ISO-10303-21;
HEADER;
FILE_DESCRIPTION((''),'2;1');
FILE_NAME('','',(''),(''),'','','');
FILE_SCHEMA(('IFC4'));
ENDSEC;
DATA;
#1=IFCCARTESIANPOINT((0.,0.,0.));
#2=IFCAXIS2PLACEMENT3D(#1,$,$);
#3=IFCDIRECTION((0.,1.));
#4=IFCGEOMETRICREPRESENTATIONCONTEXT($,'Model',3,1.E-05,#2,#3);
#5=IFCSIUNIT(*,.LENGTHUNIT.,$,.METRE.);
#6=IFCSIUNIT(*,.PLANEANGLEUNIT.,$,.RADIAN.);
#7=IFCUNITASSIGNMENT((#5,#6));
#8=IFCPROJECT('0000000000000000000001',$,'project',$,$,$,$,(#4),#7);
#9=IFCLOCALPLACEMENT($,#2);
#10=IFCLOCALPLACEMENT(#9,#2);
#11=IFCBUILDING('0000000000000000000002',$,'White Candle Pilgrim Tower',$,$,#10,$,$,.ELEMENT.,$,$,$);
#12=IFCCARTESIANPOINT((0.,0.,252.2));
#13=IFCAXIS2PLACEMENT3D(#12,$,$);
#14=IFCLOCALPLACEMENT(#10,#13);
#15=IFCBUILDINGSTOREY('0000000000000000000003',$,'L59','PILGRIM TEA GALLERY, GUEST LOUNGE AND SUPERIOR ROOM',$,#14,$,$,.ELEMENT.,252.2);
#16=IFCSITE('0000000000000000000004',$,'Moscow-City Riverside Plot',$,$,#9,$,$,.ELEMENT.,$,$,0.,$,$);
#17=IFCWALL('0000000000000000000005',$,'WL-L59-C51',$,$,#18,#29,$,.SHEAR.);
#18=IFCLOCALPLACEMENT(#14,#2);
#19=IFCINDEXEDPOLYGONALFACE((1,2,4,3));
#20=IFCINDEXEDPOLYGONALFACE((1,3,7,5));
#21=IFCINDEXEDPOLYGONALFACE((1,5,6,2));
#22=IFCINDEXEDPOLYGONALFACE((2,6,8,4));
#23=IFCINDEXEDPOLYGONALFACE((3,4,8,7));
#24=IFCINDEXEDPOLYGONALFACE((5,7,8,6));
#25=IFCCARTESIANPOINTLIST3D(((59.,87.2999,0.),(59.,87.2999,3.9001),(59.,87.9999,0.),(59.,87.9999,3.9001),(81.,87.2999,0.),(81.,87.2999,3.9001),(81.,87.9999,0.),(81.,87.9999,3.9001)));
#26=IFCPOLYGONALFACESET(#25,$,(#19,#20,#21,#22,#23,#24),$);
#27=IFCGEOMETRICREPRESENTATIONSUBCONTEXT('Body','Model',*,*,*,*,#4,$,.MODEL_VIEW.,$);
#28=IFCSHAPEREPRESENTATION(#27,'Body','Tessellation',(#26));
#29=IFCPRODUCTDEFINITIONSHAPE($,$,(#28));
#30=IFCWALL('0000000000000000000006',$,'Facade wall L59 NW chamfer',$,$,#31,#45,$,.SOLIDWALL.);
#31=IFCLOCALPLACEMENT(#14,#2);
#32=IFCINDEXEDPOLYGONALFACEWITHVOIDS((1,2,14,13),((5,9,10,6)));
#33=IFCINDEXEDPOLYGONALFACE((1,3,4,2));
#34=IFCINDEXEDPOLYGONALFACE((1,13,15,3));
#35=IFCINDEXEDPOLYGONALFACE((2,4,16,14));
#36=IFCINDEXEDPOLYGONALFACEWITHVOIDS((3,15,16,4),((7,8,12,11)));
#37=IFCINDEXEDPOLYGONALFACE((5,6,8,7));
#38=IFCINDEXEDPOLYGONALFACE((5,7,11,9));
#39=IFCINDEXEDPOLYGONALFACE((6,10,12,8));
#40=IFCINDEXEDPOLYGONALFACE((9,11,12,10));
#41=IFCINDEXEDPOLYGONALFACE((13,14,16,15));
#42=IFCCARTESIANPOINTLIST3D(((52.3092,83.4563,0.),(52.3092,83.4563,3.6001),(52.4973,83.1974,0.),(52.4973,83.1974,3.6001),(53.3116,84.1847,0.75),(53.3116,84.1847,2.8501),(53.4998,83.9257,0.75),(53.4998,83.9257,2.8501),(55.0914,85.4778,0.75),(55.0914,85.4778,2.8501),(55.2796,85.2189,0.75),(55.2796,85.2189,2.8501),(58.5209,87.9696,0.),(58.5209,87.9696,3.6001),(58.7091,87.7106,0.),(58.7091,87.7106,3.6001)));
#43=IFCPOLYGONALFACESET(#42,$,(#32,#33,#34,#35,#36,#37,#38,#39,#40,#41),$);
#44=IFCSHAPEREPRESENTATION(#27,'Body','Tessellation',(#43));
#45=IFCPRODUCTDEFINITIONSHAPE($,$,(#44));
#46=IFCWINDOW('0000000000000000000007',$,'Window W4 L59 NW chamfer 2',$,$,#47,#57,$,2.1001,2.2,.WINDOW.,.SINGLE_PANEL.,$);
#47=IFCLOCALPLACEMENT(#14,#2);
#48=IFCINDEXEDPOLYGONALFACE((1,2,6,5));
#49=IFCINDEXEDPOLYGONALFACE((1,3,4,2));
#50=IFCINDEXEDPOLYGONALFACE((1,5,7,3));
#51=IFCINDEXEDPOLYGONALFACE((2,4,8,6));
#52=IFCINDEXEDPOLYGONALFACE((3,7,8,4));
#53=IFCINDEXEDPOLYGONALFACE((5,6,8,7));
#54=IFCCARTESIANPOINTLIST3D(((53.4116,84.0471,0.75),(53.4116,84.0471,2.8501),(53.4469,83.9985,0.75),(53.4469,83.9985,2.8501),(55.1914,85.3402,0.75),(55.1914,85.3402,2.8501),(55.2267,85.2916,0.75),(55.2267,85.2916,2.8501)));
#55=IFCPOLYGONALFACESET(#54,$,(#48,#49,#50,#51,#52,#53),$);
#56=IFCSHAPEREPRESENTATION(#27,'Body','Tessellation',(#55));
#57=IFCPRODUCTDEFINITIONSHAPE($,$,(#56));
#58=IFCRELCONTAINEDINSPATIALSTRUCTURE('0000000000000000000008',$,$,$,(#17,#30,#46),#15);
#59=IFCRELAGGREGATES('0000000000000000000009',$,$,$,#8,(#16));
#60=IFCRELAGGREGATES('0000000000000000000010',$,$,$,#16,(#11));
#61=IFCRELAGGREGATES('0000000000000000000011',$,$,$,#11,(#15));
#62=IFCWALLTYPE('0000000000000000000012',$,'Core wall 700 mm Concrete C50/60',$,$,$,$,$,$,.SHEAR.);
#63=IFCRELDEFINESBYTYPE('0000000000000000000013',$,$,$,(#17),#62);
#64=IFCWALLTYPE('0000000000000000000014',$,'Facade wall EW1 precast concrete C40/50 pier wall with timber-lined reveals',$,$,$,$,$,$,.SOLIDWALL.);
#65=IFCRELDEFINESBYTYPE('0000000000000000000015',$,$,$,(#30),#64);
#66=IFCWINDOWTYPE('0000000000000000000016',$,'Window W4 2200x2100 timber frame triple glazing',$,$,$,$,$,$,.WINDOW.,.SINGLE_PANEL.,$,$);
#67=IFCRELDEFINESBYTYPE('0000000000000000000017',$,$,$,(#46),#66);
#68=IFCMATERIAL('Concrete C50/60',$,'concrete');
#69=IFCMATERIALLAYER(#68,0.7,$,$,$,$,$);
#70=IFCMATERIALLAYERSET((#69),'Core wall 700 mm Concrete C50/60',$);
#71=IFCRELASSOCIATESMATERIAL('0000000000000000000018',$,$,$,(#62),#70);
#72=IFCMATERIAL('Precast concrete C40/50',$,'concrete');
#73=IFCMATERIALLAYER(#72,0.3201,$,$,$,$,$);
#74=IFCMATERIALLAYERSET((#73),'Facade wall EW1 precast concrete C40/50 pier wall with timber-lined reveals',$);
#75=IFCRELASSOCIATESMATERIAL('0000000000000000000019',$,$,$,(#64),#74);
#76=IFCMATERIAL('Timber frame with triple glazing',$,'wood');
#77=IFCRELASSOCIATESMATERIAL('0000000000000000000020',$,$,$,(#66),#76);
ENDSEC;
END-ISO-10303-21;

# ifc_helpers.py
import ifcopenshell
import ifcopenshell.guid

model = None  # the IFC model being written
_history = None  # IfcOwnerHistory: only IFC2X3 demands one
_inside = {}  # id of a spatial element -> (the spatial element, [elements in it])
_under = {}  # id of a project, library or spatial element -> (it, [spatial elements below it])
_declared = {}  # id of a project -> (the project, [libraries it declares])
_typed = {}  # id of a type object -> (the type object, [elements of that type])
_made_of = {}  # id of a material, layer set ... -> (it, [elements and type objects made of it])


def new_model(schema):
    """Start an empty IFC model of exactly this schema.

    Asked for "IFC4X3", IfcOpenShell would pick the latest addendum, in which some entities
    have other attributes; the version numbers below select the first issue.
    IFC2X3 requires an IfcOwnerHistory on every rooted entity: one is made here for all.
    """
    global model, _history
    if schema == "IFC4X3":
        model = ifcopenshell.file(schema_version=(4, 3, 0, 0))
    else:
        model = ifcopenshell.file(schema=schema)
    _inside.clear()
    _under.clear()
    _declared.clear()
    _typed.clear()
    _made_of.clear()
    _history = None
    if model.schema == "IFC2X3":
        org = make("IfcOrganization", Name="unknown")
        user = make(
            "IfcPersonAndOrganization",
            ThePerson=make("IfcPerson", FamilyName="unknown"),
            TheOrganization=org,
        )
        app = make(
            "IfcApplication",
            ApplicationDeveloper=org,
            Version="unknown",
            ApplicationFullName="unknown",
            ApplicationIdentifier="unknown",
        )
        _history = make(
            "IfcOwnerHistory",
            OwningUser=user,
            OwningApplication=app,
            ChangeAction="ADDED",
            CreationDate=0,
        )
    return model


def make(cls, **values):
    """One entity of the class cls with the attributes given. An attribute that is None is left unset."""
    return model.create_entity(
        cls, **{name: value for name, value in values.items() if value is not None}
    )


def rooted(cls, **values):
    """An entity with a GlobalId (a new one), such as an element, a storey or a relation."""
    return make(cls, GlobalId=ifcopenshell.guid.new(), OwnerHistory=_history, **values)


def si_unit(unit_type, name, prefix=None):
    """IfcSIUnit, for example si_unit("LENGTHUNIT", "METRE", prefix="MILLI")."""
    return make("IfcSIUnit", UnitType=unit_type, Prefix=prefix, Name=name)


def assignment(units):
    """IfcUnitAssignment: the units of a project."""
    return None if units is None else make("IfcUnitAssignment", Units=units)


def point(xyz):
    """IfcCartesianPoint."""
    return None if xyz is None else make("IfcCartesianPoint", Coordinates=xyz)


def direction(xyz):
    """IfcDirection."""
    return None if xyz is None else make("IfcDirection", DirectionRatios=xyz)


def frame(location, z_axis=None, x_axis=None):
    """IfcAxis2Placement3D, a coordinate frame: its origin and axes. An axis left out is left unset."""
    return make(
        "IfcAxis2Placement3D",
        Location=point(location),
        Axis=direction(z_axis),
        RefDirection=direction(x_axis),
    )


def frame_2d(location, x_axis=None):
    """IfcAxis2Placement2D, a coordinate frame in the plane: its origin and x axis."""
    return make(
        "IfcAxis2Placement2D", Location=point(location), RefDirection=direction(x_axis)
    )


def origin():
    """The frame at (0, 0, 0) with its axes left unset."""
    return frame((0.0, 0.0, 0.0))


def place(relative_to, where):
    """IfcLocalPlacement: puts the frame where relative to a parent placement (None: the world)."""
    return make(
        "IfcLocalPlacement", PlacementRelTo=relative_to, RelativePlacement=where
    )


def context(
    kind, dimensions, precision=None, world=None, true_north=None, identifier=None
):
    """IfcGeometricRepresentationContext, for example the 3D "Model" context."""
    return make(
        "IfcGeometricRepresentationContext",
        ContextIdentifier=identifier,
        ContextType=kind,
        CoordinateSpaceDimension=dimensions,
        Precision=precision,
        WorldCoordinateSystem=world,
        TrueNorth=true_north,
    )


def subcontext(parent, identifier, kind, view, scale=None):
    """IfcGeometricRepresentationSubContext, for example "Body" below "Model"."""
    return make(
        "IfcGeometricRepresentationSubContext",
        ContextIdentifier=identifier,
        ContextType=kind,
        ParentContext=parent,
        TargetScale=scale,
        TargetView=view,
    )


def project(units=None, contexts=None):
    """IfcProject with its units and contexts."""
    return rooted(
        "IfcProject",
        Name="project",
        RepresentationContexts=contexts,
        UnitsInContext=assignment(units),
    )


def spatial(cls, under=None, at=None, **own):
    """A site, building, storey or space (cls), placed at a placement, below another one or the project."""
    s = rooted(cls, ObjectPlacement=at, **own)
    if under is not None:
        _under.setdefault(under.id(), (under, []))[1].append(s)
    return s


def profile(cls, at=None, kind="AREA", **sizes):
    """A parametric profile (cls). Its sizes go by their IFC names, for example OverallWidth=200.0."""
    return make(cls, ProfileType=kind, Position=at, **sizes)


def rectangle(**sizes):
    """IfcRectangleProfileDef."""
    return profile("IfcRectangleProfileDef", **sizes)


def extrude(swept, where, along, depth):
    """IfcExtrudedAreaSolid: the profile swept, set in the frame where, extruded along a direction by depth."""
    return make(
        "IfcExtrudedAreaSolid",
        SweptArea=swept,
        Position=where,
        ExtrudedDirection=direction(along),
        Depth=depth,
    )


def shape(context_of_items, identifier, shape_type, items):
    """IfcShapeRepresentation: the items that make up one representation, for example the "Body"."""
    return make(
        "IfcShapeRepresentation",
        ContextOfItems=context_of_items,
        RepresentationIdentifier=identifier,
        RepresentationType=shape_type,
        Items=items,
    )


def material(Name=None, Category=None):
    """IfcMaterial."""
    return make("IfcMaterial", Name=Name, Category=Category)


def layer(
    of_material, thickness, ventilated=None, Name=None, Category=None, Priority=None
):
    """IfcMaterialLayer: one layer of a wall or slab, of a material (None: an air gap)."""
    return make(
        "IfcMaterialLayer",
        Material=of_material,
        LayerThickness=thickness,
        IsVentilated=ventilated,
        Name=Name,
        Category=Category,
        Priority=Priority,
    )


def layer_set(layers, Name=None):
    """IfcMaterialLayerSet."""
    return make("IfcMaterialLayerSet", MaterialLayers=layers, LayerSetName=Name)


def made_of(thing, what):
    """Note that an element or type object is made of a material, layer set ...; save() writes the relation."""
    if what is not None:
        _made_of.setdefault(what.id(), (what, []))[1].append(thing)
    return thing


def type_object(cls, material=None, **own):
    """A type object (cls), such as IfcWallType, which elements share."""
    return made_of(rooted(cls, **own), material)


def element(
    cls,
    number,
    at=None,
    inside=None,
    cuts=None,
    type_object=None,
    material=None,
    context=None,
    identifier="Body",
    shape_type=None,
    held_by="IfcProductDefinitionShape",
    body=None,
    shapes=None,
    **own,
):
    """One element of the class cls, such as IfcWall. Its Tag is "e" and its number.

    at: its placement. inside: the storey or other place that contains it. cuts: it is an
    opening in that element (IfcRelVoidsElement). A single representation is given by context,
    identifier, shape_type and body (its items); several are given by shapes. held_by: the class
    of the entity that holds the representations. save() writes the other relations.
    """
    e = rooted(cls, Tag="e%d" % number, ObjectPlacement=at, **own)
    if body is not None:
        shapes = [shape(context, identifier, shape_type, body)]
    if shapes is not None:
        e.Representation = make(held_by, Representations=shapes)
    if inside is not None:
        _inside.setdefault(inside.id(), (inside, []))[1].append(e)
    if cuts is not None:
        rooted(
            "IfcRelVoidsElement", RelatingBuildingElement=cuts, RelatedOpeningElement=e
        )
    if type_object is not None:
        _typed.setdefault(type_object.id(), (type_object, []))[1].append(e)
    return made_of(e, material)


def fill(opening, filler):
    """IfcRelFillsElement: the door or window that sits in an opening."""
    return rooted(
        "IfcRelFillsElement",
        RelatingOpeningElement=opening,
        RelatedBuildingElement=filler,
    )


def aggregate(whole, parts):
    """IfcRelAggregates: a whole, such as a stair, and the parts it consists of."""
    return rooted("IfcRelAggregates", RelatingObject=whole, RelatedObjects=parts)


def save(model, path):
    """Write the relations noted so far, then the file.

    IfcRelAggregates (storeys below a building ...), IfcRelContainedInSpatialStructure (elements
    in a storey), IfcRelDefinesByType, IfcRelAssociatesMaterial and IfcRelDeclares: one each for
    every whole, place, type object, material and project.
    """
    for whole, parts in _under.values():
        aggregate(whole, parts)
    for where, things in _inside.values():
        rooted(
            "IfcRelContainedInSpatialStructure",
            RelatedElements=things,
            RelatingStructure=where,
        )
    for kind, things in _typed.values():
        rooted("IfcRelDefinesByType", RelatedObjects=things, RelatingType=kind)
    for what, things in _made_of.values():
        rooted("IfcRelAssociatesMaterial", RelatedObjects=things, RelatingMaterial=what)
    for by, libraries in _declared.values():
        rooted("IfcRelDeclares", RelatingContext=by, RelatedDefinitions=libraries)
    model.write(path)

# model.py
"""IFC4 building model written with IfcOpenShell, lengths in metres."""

from ifc_helpers import new_model, si_unit, direction, frame, frame_2d, origin, place, context, subcontext, project, spatial, rectangle, extrude, material, layer, layer_set, type_object, element, fill, save


model = new_model("IFC4")

# Units and contexts
model_context = context("Model", 3, precision=1e-05, world=origin(), true_north=direction((0.0, 1.0)))
body_context = subcontext(model_context, "Body", "Model", "MODEL_VIEW")
ifc_project = project(units=[si_unit("LENGTHUNIT", "METRE"), si_unit("PLANEANGLEUNIT", "RADIAN")], contexts=[model_context])

# Site, building, storey
site_placement = place(None, origin())
site = spatial("IfcSite", under=ifc_project, at=site_placement, Name="Moscow-City Riverside Plot", CompositionType="ELEMENT", RefElevation=0.0)
building_placement = place(site_placement, origin())
building = spatial("IfcBuilding", under=site, at=building_placement, Name="White Candle Pilgrim Tower", CompositionType="ELEMENT")
storey_placement = place(building_placement, frame((0.0, 0.0, 252.2)))
storey = spatial("IfcBuildingStorey", under=building, at=storey_placement, Name="L59", Description="PILGRIM TEA GALLERY, GUEST LOUNGE AND SUPERIOR ROOM", CompositionType="ELEMENT", Elevation=252.2)

# Shared definitions
ifc_material_1 = material(Name="Concrete C50/60", Category="concrete")

# Wall
ifc_layer_1 = layer(ifc_material_1, 0.7)
ifc_layer_set_1 = layer_set([ifc_layer_1], Name="Core wall 700 mm Concrete C50/60")
wall_type_1 = type_object("IfcWallType", Name="Core wall 700 mm Concrete C50/60", PredefinedType="SHEAR", material=ifc_layer_set_1)
wall_1_placement = place(storey_placement, frame((59.0, 87.6499, 0.0), z_axis=(0.0, 0.0, 1.0), x_axis=(1.0, 0.0, 0.0)))
element("IfcWall", 1, at=wall_1_placement, inside=storey, type_object=wall_type_1, Name="WL-L59-C51", PredefinedType="SHEAR", context=body_context, shape_type="SweptSolid", body=[
    extrude(rectangle(XDim=22.0, YDim=0.7, at=frame_2d((11.0, 0.0))), origin(), (0.0, 0.0, 1.0), 3.9001),
])

# Wall, opening, window
ifc_material_2 = material(Name="Precast concrete C40/50", Category="concrete")
ifc_layer_2 = layer(ifc_material_2, 0.3201)
ifc_layer_set_2 = layer_set([ifc_layer_2], Name="Facade wall EW1 precast concrete C40/50 pier wall with timber-lined reveals")
wall_type_2 = type_object("IfcWallType", Name="Facade wall EW1 precast concrete C40/50 pier wall with timber-lined reveals", PredefinedType="SOLIDWALL", material=ifc_layer_set_2)
wall_2_placement = place(storey_placement, frame((58.615, 87.8401, 0.0), z_axis=(0.0, 0.0, 1.0), x_axis=(-0.809008, -0.587797, 0.0)))
wall_2 = element("IfcWall", 2, at=wall_2_placement, inside=storey, type_object=wall_type_2, Name="Facade wall L59 NW chamfer", PredefinedType="SOLIDWALL", context=body_context, shape_type="SweptSolid", body=[
    extrude(rectangle(XDim=7.6782, YDim=0.3201, at=frame_2d((3.8391, 0.0))), origin(), (0.0, 0.0, 1.0), 3.6001),
])
opening_1_placement = place(wall_2_placement, frame((4.239, 0.0, 0.75)))
opening_1 = element("IfcOpeningElement", 3, at=opening_1_placement, cuts=wall_2, PredefinedType="OPENING", context=body_context, shape_type="SweptSolid", body=[
    extrude(rectangle(XDim=2.2, YDim=2.1001, at=frame_2d((1.1001, 1.05))), frame((0.0, 0.1699, 0.0), z_axis=(0.0, -1.0, 0.0), x_axis=(1.0, 0.0, 0.0)), (0.0, 0.0, 1.0), 0.3401),
])
ifc_material_3 = material(Name="Timber frame with triple glazing", Category="wood")
window_type_1 = type_object("IfcWindowType", Name="Window W4 2200x2100 timber frame triple glazing", PartitioningType="SINGLE_PANEL", PredefinedType="WINDOW", material=ifc_material_3)
window_1_placement = place(opening_1_placement, origin())
window_1 = element("IfcWindow", 4, at=window_1_placement, inside=storey, type_object=window_type_1, Name="Window W4 L59 NW chamfer 2", OverallHeight=2.1001, OverallWidth=2.2, PartitioningType="SINGLE_PANEL", PredefinedType="WINDOW", context=body_context, shape_type="SweptSolid", body=[
    extrude(rectangle(XDim=2.2, YDim=2.1001, at=frame_2d((1.1001, 1.05))), frame((0.0, 0.0701, 0.0), z_axis=(0.0, -1.0, 0.0), x_axis=(1.0, 0.0, 0.0)), (0.0, 0.0, 1.0), 0.0601),
])
fill(opening_1, window_1)

save(model, "model.ifc")
